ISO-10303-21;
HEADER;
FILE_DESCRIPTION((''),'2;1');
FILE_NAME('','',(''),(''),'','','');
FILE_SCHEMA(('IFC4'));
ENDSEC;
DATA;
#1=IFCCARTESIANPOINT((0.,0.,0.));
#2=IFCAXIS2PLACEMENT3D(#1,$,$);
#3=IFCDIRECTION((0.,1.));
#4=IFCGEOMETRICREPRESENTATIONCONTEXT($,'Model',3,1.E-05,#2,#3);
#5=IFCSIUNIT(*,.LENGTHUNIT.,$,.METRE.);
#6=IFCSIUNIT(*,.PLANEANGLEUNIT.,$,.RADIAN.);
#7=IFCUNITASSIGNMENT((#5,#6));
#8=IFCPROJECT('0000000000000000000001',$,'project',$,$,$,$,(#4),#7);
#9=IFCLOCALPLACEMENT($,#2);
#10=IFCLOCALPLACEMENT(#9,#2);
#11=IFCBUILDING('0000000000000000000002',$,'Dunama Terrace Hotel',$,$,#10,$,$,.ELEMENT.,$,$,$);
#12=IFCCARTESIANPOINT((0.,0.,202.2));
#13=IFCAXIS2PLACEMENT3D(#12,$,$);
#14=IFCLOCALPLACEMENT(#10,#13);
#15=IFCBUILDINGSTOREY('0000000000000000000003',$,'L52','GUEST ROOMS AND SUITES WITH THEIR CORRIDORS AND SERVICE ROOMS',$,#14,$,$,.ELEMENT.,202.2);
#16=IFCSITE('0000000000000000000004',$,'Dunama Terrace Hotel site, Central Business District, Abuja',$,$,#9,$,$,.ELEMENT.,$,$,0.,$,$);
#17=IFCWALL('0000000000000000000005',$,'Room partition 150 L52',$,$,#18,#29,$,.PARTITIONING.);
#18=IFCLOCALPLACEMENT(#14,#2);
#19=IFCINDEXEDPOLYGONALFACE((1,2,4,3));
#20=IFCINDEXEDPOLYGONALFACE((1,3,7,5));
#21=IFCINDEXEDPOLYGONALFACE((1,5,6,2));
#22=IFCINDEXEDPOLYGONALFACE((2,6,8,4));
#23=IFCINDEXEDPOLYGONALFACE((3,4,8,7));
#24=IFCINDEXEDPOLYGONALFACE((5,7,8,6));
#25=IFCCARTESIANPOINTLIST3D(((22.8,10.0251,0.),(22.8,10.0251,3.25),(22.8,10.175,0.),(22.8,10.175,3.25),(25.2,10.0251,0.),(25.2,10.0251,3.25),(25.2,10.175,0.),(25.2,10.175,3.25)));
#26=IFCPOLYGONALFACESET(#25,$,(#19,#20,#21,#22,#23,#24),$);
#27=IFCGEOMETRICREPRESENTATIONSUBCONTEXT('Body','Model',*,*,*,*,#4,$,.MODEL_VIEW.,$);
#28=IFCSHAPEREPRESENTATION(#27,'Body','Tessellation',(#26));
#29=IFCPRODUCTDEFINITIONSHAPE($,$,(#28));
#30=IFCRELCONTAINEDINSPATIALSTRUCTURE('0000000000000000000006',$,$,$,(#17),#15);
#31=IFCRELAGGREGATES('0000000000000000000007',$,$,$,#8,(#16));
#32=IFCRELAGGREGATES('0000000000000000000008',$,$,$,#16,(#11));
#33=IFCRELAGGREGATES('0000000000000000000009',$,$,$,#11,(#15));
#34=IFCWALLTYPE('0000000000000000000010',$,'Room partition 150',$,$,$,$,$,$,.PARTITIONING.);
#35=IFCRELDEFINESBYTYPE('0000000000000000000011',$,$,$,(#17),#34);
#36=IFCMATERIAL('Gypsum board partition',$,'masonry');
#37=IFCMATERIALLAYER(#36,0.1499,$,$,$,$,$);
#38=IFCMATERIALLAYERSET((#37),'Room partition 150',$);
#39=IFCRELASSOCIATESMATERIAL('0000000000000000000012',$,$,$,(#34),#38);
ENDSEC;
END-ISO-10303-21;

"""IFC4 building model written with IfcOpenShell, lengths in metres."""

from ifc_helpers import new_model, si_unit, direction, frame, frame_2d, origin, place, context, subcontext, project, spatial, rectangle, extrude, material, layer, layer_set, type_object, element, save


model = new_model("IFC4")

# Units and contexts
model_context = context("Model", 3, precision=1e-05, world=origin(), true_north=direction((0.0, 1.0)))
body_context = subcontext(model_context, "Body", "Model", "MODEL_VIEW")
ifc_project = project(units=[si_unit("LENGTHUNIT", "METRE"), si_unit("PLANEANGLEUNIT", "RADIAN")], contexts=[model_context])

# Site, building, storey
site_placement = place(None, origin())
site = spatial("IfcSite", under=ifc_project, at=site_placement, Name="Dunama Terrace Hotel site, Central Business District, Abuja", CompositionType="ELEMENT", RefElevation=0.0)
building_placement = place(site_placement, origin())
building = spatial("IfcBuilding", under=site, at=building_placement, Name="Dunama Terrace Hotel", CompositionType="ELEMENT")
storey_placement = place(building_placement, frame((0.0, 0.0, 202.2)))
storey = spatial("IfcBuildingStorey", under=building, at=storey_placement, Name="L52", Description="GUEST ROOMS AND SUITES WITH THEIR CORRIDORS AND SERVICE ROOMS", CompositionType="ELEMENT", Elevation=202.2)

# Shared definitions
ifc_material_1 = material(Name="Gypsum board partition", Category="masonry")
ifc_layer_1 = layer(ifc_material_1, 0.1499)
ifc_layer_set_1 = layer_set([ifc_layer_1], Name="Room partition 150")
wall_type_1 = type_object("IfcWallType", Name="Room partition 150", PredefinedType="PARTITIONING", material=ifc_layer_set_1)

# Wall
wall_1_placement = place(storey_placement, frame((22.8, 10.1001, 0.0), z_axis=(0.0, 0.0, 1.0), x_axis=(1.0, 0.0, 0.0)))
element("IfcWall", 1, at=wall_1_placement, inside=storey, type_object=wall_type_1, Name="Room partition 150 L52", PredefinedType="PARTITIONING", context=body_context, shape_type="SweptSolid", body=[
    extrude(rectangle(XDim=2.3999, YDim=0.1499, at=frame_2d((1.2, 0.0))), origin(), (0.0, 0.0, 1.0), 3.25),
])

save(model, "model.ifc")
